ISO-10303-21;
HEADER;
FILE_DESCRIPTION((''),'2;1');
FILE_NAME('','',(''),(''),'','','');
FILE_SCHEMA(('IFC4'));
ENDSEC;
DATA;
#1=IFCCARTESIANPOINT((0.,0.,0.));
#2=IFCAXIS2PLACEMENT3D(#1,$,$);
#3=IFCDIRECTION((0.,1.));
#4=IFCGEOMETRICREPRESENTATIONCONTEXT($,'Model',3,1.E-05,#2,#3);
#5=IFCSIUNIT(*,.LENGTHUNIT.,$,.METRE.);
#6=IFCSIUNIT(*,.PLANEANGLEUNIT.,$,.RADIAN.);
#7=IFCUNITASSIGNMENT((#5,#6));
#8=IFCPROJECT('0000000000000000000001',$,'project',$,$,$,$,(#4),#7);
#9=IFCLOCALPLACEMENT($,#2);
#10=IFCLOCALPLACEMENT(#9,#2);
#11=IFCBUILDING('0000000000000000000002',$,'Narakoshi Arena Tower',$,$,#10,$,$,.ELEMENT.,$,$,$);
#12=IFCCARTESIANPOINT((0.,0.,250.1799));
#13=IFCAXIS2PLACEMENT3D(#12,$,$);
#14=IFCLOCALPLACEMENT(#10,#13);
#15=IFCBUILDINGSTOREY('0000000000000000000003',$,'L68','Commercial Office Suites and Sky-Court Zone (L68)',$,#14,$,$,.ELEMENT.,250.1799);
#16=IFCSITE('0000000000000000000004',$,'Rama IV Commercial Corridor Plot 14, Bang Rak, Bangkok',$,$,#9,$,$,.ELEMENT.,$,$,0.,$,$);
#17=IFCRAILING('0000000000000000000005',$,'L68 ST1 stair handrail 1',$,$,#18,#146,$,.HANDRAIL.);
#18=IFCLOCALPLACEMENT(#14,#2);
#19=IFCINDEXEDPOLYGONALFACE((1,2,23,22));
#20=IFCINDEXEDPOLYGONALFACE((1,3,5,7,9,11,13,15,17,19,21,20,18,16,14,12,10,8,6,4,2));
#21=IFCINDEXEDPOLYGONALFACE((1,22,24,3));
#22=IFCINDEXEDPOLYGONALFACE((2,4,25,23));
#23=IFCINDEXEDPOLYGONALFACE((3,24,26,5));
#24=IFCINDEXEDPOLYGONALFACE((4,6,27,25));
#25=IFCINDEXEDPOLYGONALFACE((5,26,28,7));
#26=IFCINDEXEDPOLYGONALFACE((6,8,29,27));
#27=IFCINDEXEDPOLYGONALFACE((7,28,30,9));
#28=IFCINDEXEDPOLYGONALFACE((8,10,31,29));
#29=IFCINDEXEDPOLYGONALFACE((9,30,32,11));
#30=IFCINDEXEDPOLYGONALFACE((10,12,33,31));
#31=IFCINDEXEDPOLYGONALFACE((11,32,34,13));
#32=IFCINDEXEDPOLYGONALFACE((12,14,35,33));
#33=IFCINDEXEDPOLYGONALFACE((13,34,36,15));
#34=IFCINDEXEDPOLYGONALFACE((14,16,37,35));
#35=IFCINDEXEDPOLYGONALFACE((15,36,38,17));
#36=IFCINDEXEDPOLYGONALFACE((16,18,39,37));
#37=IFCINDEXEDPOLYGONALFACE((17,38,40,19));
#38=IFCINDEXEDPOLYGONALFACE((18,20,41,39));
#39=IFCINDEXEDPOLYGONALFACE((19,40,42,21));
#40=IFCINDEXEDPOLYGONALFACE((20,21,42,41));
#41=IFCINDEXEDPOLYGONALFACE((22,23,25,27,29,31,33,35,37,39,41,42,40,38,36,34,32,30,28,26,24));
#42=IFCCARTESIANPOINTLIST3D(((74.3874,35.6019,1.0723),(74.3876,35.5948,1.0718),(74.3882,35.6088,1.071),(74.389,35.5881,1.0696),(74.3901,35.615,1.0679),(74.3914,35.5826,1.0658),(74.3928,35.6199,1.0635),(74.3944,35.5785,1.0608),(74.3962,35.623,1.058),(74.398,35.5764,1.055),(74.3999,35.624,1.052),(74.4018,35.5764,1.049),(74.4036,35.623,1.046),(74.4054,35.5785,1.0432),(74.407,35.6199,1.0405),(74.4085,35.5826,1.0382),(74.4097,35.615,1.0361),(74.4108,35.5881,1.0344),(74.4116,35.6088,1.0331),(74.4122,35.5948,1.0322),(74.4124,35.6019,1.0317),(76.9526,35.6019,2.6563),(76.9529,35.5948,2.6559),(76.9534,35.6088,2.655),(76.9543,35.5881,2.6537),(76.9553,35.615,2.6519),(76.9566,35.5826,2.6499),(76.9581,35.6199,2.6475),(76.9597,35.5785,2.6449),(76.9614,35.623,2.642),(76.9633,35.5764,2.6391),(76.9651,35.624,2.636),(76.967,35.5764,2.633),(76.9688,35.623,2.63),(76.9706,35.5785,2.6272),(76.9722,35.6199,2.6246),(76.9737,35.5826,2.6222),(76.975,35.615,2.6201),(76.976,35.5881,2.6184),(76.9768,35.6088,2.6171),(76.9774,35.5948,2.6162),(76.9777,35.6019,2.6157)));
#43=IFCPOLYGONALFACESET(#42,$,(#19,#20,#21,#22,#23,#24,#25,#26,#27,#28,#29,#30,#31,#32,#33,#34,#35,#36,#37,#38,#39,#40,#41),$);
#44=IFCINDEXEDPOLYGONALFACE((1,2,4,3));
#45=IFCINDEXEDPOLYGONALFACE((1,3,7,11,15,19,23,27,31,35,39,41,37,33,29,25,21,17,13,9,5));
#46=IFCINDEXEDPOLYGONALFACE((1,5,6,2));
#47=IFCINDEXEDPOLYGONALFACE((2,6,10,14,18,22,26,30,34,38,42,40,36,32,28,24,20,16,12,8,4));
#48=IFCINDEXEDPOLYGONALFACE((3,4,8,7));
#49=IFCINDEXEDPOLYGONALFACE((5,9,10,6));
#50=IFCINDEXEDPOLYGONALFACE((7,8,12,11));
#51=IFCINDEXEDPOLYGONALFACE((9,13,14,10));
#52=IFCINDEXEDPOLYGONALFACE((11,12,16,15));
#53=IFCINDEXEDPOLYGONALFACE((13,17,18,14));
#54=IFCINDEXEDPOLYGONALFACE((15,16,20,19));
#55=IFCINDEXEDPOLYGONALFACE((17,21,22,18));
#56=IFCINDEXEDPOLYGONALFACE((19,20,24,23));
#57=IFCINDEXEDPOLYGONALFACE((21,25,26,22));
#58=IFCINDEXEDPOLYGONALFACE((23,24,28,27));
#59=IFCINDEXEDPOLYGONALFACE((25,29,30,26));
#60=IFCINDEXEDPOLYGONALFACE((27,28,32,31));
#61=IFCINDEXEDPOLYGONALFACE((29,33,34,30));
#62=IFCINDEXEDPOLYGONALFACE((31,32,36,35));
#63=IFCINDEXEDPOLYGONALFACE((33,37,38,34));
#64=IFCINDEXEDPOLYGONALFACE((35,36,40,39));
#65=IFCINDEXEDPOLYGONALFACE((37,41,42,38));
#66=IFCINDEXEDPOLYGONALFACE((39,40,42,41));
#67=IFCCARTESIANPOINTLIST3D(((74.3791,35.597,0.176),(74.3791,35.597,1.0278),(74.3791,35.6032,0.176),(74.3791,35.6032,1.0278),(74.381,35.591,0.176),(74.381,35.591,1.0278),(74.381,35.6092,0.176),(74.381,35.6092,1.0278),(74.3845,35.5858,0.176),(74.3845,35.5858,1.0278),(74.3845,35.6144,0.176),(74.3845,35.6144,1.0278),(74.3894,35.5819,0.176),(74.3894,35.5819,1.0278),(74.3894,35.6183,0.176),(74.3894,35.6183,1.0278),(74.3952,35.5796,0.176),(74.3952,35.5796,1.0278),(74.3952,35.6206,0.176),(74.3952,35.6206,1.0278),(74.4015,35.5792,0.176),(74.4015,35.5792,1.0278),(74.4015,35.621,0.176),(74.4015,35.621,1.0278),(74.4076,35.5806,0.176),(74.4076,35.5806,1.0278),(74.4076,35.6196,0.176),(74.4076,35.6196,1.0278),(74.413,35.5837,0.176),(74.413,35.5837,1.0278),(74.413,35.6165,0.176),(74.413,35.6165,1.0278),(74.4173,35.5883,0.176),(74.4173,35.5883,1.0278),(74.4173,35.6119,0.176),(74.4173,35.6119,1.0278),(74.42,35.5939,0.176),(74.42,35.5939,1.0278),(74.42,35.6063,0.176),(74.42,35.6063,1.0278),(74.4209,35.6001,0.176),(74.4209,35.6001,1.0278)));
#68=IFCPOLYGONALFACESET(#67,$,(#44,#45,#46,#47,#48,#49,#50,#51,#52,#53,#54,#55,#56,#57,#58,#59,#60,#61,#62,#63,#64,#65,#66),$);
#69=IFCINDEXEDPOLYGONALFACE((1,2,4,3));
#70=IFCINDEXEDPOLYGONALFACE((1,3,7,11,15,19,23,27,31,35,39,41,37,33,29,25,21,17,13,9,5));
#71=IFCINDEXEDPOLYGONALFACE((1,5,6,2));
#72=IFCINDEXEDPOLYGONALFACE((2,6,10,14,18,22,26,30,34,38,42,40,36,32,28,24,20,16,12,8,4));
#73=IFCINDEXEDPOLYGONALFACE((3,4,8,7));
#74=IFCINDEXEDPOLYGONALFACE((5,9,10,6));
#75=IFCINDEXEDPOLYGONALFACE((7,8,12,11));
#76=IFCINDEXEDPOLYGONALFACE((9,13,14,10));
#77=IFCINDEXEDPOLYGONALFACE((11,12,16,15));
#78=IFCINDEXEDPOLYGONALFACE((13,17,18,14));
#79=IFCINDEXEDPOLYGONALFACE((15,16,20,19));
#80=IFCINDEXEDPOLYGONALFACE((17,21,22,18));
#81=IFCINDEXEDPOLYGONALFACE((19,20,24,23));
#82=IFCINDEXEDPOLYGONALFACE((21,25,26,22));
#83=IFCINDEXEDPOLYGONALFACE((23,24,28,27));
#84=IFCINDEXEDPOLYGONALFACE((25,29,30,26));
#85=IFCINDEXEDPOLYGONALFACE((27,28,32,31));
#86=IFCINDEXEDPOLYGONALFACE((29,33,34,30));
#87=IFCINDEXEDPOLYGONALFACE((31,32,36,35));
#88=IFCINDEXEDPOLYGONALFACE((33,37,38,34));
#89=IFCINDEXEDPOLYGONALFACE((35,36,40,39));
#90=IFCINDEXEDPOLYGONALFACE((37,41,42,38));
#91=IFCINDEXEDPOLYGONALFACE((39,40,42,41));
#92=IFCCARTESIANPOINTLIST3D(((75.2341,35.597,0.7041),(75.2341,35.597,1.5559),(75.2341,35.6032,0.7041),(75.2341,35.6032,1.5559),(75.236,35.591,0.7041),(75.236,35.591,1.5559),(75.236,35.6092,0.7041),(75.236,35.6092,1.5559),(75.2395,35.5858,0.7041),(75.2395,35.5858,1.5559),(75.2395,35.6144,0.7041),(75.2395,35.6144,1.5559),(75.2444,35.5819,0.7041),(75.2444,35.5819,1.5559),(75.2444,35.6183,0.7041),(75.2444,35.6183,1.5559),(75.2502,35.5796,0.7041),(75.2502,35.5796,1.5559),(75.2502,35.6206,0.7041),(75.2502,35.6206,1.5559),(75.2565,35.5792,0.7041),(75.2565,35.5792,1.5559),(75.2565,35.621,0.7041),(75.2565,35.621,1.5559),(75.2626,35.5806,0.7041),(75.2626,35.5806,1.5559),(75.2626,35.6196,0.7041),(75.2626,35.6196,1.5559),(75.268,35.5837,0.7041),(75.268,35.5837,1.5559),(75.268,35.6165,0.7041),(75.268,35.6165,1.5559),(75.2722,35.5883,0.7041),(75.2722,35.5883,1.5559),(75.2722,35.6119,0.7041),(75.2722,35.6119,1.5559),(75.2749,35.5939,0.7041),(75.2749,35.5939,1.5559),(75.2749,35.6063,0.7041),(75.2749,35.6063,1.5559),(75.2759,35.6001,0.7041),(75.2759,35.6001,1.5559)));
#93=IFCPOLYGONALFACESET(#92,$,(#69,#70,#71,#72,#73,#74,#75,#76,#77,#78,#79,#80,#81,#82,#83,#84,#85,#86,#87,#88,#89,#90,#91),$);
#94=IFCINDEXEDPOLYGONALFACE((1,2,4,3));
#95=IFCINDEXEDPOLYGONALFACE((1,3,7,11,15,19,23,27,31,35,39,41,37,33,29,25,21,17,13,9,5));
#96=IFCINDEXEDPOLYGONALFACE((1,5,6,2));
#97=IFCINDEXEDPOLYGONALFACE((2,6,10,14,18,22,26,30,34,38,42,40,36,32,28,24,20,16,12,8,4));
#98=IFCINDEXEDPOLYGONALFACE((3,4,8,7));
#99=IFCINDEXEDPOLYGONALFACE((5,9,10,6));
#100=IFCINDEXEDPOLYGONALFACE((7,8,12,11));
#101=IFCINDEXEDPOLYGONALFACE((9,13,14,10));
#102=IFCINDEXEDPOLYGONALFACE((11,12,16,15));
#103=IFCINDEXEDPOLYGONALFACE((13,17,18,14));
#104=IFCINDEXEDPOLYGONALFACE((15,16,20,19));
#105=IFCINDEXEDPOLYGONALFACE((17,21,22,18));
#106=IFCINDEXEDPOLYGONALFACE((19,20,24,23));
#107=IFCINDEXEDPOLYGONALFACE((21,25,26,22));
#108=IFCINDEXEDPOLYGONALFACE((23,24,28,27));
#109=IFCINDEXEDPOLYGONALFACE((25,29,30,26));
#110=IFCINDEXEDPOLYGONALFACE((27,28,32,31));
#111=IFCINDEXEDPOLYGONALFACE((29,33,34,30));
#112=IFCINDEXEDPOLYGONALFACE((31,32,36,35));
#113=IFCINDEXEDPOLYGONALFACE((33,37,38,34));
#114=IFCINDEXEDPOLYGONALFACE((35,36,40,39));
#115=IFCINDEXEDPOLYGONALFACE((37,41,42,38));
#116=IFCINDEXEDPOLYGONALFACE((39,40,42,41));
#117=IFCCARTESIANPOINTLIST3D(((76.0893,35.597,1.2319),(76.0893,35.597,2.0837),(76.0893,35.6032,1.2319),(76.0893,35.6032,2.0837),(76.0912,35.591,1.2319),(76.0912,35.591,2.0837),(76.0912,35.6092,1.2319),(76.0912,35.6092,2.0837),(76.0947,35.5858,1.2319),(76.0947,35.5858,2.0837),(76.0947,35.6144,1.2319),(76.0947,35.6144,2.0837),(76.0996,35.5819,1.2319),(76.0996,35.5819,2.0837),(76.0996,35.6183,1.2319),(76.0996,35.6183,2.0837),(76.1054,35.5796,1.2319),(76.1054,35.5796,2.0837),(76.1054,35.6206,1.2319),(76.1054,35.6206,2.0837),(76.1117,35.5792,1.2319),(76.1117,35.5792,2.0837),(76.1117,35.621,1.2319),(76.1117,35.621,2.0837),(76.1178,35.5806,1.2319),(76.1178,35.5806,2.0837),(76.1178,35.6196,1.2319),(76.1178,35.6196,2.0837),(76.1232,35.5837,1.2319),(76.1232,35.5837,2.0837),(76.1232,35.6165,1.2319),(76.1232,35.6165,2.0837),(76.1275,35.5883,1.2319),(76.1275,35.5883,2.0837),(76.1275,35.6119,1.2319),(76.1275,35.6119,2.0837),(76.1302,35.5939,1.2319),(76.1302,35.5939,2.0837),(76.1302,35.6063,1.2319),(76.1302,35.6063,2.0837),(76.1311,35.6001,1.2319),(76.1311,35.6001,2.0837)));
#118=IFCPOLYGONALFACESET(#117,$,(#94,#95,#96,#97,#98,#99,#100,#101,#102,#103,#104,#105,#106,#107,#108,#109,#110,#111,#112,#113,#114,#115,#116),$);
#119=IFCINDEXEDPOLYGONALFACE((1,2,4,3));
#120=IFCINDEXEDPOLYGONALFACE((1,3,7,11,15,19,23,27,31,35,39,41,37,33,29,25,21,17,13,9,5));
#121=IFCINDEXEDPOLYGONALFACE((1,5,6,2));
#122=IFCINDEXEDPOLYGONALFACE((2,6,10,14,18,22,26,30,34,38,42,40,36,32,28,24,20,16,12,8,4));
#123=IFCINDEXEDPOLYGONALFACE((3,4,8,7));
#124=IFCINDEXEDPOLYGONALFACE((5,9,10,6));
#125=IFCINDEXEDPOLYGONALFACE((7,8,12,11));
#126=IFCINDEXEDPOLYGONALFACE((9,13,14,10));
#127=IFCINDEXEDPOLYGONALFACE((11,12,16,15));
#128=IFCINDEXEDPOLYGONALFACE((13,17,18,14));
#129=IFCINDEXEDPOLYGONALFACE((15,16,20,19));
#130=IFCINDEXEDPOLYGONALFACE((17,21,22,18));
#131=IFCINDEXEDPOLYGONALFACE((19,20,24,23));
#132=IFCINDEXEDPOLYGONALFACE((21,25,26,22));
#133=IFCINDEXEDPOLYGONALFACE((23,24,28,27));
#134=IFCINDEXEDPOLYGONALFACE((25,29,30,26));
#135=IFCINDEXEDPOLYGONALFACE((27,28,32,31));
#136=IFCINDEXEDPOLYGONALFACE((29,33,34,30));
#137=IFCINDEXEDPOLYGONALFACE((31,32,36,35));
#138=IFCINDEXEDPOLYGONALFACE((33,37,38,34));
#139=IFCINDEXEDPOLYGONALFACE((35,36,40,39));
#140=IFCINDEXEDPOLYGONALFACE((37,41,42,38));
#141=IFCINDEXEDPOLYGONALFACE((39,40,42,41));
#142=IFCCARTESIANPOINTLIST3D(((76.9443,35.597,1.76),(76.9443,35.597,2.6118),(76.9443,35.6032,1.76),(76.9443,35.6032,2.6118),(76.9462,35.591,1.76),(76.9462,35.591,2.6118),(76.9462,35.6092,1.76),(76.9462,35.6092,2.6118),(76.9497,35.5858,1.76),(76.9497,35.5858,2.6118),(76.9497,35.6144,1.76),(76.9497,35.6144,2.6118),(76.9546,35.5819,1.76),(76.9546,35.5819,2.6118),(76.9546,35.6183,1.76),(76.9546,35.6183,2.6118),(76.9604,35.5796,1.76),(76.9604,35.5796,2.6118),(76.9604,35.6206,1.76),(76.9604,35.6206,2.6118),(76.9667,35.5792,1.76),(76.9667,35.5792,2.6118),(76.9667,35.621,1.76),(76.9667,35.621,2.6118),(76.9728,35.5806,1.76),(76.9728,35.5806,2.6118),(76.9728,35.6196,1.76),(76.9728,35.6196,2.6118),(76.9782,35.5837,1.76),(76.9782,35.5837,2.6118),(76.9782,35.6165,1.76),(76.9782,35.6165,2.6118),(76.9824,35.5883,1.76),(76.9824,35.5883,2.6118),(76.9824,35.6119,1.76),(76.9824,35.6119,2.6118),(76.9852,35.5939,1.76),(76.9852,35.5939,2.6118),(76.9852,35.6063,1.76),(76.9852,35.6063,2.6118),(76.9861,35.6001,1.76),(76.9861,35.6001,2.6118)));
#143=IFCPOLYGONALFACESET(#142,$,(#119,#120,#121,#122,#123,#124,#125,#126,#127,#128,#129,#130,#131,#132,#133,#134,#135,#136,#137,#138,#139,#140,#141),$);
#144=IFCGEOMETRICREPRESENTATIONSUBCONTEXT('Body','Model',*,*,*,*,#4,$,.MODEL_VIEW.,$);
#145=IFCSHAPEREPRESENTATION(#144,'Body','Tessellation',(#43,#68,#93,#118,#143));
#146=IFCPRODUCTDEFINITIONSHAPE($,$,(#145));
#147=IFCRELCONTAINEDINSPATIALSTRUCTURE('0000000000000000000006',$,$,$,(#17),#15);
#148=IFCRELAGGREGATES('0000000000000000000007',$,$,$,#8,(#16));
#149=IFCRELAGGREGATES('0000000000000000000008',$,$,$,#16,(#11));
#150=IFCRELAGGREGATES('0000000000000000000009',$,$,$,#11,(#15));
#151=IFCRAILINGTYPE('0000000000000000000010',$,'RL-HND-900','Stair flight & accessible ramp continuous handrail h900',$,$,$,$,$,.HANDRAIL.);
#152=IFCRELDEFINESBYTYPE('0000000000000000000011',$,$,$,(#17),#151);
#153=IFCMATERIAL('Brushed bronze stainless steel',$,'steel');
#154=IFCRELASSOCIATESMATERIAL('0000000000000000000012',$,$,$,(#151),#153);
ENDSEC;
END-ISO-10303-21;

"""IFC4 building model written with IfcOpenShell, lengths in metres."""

from ifc_helpers import new_model, si_unit, direction, frame, origin, origin_2d, place, context, subcontext, project, spatial, circle, extrude, material, type_object, element, save


model = new_model("IFC4")

# Units and contexts
model_context = context("Model", 3, precision=1e-05, world=origin(), true_north=direction((0.0, 1.0)))
body_context = subcontext(model_context, "Body", "Model", "MODEL_VIEW")
ifc_project = project(units=[si_unit("LENGTHUNIT", "METRE"), si_unit("PLANEANGLEUNIT", "RADIAN")], contexts=[model_context])

# Site, building, storey
site_placement = place(None, origin())
site = spatial("IfcSite", under=ifc_project, at=site_placement, Name="Rama IV Commercial Corridor Plot 14, Bang Rak, Bangkok", CompositionType="ELEMENT", RefElevation=0.0)
building_placement = place(site_placement, origin())
building = spatial("IfcBuilding", under=site, at=building_placement, Name="Narakoshi Arena Tower", CompositionType="ELEMENT")
storey_placement = place(building_placement, frame((0.0, 0.0, 250.1799)))
storey = spatial("IfcBuildingStorey", under=building, at=storey_placement, Name="L68", Description="Commercial Office Suites and Sky-Court Zone (L68)", CompositionType="ELEMENT", Elevation=250.1799)

# Railing
ifc_material_1 = material(Name="Brushed bronze stainless steel", Category="steel")
railing_type_1 = type_object("IfcRailingType", Name="RL-HND-900", Description="Stair flight & accessible ramp continuous handrail h900", PredefinedType="HANDRAIL", material=ifc_material_1)
railing_1_placement = place(storey_placement, frame((74.3999, 35.6001, 0.176)))
element("IfcRailing", 1, at=railing_1_placement, inside=storey, type_object=railing_type_1, Name="L68 ST1 stair handrail 1", PredefinedType="HANDRAIL", context=body_context, shape_type="SweptSolid", body=[
    extrude(circle(Radius=0.0239, at=origin_2d()), frame((0.0, 0.0, 0.876), z_axis=(0.850857, 0.0, 0.525398), x_axis=(0.0, 1.0, 0.0)), (0.0, 0.0, 1.0), 3.0149),
    extrude(circle(Radius=0.021, at=origin_2d()), origin(), (0.0, 0.0, 1.0), 0.8518),
    extrude(circle(Radius=0.021, at=origin_2d()), frame((0.855, 0.0, 0.5281)), (0.0, 0.0, 1.0), 0.8518),
    extrude(circle(Radius=0.021, at=origin_2d()), frame((1.7102, 0.0, 1.0559)), (0.0, 0.0, 1.0), 0.8518),
    extrude(circle(Radius=0.021, at=origin_2d()), frame((2.5652, 0.0, 1.584)), (0.0, 0.0, 1.0), 0.8518),
])

save(model, "model.ifc")
